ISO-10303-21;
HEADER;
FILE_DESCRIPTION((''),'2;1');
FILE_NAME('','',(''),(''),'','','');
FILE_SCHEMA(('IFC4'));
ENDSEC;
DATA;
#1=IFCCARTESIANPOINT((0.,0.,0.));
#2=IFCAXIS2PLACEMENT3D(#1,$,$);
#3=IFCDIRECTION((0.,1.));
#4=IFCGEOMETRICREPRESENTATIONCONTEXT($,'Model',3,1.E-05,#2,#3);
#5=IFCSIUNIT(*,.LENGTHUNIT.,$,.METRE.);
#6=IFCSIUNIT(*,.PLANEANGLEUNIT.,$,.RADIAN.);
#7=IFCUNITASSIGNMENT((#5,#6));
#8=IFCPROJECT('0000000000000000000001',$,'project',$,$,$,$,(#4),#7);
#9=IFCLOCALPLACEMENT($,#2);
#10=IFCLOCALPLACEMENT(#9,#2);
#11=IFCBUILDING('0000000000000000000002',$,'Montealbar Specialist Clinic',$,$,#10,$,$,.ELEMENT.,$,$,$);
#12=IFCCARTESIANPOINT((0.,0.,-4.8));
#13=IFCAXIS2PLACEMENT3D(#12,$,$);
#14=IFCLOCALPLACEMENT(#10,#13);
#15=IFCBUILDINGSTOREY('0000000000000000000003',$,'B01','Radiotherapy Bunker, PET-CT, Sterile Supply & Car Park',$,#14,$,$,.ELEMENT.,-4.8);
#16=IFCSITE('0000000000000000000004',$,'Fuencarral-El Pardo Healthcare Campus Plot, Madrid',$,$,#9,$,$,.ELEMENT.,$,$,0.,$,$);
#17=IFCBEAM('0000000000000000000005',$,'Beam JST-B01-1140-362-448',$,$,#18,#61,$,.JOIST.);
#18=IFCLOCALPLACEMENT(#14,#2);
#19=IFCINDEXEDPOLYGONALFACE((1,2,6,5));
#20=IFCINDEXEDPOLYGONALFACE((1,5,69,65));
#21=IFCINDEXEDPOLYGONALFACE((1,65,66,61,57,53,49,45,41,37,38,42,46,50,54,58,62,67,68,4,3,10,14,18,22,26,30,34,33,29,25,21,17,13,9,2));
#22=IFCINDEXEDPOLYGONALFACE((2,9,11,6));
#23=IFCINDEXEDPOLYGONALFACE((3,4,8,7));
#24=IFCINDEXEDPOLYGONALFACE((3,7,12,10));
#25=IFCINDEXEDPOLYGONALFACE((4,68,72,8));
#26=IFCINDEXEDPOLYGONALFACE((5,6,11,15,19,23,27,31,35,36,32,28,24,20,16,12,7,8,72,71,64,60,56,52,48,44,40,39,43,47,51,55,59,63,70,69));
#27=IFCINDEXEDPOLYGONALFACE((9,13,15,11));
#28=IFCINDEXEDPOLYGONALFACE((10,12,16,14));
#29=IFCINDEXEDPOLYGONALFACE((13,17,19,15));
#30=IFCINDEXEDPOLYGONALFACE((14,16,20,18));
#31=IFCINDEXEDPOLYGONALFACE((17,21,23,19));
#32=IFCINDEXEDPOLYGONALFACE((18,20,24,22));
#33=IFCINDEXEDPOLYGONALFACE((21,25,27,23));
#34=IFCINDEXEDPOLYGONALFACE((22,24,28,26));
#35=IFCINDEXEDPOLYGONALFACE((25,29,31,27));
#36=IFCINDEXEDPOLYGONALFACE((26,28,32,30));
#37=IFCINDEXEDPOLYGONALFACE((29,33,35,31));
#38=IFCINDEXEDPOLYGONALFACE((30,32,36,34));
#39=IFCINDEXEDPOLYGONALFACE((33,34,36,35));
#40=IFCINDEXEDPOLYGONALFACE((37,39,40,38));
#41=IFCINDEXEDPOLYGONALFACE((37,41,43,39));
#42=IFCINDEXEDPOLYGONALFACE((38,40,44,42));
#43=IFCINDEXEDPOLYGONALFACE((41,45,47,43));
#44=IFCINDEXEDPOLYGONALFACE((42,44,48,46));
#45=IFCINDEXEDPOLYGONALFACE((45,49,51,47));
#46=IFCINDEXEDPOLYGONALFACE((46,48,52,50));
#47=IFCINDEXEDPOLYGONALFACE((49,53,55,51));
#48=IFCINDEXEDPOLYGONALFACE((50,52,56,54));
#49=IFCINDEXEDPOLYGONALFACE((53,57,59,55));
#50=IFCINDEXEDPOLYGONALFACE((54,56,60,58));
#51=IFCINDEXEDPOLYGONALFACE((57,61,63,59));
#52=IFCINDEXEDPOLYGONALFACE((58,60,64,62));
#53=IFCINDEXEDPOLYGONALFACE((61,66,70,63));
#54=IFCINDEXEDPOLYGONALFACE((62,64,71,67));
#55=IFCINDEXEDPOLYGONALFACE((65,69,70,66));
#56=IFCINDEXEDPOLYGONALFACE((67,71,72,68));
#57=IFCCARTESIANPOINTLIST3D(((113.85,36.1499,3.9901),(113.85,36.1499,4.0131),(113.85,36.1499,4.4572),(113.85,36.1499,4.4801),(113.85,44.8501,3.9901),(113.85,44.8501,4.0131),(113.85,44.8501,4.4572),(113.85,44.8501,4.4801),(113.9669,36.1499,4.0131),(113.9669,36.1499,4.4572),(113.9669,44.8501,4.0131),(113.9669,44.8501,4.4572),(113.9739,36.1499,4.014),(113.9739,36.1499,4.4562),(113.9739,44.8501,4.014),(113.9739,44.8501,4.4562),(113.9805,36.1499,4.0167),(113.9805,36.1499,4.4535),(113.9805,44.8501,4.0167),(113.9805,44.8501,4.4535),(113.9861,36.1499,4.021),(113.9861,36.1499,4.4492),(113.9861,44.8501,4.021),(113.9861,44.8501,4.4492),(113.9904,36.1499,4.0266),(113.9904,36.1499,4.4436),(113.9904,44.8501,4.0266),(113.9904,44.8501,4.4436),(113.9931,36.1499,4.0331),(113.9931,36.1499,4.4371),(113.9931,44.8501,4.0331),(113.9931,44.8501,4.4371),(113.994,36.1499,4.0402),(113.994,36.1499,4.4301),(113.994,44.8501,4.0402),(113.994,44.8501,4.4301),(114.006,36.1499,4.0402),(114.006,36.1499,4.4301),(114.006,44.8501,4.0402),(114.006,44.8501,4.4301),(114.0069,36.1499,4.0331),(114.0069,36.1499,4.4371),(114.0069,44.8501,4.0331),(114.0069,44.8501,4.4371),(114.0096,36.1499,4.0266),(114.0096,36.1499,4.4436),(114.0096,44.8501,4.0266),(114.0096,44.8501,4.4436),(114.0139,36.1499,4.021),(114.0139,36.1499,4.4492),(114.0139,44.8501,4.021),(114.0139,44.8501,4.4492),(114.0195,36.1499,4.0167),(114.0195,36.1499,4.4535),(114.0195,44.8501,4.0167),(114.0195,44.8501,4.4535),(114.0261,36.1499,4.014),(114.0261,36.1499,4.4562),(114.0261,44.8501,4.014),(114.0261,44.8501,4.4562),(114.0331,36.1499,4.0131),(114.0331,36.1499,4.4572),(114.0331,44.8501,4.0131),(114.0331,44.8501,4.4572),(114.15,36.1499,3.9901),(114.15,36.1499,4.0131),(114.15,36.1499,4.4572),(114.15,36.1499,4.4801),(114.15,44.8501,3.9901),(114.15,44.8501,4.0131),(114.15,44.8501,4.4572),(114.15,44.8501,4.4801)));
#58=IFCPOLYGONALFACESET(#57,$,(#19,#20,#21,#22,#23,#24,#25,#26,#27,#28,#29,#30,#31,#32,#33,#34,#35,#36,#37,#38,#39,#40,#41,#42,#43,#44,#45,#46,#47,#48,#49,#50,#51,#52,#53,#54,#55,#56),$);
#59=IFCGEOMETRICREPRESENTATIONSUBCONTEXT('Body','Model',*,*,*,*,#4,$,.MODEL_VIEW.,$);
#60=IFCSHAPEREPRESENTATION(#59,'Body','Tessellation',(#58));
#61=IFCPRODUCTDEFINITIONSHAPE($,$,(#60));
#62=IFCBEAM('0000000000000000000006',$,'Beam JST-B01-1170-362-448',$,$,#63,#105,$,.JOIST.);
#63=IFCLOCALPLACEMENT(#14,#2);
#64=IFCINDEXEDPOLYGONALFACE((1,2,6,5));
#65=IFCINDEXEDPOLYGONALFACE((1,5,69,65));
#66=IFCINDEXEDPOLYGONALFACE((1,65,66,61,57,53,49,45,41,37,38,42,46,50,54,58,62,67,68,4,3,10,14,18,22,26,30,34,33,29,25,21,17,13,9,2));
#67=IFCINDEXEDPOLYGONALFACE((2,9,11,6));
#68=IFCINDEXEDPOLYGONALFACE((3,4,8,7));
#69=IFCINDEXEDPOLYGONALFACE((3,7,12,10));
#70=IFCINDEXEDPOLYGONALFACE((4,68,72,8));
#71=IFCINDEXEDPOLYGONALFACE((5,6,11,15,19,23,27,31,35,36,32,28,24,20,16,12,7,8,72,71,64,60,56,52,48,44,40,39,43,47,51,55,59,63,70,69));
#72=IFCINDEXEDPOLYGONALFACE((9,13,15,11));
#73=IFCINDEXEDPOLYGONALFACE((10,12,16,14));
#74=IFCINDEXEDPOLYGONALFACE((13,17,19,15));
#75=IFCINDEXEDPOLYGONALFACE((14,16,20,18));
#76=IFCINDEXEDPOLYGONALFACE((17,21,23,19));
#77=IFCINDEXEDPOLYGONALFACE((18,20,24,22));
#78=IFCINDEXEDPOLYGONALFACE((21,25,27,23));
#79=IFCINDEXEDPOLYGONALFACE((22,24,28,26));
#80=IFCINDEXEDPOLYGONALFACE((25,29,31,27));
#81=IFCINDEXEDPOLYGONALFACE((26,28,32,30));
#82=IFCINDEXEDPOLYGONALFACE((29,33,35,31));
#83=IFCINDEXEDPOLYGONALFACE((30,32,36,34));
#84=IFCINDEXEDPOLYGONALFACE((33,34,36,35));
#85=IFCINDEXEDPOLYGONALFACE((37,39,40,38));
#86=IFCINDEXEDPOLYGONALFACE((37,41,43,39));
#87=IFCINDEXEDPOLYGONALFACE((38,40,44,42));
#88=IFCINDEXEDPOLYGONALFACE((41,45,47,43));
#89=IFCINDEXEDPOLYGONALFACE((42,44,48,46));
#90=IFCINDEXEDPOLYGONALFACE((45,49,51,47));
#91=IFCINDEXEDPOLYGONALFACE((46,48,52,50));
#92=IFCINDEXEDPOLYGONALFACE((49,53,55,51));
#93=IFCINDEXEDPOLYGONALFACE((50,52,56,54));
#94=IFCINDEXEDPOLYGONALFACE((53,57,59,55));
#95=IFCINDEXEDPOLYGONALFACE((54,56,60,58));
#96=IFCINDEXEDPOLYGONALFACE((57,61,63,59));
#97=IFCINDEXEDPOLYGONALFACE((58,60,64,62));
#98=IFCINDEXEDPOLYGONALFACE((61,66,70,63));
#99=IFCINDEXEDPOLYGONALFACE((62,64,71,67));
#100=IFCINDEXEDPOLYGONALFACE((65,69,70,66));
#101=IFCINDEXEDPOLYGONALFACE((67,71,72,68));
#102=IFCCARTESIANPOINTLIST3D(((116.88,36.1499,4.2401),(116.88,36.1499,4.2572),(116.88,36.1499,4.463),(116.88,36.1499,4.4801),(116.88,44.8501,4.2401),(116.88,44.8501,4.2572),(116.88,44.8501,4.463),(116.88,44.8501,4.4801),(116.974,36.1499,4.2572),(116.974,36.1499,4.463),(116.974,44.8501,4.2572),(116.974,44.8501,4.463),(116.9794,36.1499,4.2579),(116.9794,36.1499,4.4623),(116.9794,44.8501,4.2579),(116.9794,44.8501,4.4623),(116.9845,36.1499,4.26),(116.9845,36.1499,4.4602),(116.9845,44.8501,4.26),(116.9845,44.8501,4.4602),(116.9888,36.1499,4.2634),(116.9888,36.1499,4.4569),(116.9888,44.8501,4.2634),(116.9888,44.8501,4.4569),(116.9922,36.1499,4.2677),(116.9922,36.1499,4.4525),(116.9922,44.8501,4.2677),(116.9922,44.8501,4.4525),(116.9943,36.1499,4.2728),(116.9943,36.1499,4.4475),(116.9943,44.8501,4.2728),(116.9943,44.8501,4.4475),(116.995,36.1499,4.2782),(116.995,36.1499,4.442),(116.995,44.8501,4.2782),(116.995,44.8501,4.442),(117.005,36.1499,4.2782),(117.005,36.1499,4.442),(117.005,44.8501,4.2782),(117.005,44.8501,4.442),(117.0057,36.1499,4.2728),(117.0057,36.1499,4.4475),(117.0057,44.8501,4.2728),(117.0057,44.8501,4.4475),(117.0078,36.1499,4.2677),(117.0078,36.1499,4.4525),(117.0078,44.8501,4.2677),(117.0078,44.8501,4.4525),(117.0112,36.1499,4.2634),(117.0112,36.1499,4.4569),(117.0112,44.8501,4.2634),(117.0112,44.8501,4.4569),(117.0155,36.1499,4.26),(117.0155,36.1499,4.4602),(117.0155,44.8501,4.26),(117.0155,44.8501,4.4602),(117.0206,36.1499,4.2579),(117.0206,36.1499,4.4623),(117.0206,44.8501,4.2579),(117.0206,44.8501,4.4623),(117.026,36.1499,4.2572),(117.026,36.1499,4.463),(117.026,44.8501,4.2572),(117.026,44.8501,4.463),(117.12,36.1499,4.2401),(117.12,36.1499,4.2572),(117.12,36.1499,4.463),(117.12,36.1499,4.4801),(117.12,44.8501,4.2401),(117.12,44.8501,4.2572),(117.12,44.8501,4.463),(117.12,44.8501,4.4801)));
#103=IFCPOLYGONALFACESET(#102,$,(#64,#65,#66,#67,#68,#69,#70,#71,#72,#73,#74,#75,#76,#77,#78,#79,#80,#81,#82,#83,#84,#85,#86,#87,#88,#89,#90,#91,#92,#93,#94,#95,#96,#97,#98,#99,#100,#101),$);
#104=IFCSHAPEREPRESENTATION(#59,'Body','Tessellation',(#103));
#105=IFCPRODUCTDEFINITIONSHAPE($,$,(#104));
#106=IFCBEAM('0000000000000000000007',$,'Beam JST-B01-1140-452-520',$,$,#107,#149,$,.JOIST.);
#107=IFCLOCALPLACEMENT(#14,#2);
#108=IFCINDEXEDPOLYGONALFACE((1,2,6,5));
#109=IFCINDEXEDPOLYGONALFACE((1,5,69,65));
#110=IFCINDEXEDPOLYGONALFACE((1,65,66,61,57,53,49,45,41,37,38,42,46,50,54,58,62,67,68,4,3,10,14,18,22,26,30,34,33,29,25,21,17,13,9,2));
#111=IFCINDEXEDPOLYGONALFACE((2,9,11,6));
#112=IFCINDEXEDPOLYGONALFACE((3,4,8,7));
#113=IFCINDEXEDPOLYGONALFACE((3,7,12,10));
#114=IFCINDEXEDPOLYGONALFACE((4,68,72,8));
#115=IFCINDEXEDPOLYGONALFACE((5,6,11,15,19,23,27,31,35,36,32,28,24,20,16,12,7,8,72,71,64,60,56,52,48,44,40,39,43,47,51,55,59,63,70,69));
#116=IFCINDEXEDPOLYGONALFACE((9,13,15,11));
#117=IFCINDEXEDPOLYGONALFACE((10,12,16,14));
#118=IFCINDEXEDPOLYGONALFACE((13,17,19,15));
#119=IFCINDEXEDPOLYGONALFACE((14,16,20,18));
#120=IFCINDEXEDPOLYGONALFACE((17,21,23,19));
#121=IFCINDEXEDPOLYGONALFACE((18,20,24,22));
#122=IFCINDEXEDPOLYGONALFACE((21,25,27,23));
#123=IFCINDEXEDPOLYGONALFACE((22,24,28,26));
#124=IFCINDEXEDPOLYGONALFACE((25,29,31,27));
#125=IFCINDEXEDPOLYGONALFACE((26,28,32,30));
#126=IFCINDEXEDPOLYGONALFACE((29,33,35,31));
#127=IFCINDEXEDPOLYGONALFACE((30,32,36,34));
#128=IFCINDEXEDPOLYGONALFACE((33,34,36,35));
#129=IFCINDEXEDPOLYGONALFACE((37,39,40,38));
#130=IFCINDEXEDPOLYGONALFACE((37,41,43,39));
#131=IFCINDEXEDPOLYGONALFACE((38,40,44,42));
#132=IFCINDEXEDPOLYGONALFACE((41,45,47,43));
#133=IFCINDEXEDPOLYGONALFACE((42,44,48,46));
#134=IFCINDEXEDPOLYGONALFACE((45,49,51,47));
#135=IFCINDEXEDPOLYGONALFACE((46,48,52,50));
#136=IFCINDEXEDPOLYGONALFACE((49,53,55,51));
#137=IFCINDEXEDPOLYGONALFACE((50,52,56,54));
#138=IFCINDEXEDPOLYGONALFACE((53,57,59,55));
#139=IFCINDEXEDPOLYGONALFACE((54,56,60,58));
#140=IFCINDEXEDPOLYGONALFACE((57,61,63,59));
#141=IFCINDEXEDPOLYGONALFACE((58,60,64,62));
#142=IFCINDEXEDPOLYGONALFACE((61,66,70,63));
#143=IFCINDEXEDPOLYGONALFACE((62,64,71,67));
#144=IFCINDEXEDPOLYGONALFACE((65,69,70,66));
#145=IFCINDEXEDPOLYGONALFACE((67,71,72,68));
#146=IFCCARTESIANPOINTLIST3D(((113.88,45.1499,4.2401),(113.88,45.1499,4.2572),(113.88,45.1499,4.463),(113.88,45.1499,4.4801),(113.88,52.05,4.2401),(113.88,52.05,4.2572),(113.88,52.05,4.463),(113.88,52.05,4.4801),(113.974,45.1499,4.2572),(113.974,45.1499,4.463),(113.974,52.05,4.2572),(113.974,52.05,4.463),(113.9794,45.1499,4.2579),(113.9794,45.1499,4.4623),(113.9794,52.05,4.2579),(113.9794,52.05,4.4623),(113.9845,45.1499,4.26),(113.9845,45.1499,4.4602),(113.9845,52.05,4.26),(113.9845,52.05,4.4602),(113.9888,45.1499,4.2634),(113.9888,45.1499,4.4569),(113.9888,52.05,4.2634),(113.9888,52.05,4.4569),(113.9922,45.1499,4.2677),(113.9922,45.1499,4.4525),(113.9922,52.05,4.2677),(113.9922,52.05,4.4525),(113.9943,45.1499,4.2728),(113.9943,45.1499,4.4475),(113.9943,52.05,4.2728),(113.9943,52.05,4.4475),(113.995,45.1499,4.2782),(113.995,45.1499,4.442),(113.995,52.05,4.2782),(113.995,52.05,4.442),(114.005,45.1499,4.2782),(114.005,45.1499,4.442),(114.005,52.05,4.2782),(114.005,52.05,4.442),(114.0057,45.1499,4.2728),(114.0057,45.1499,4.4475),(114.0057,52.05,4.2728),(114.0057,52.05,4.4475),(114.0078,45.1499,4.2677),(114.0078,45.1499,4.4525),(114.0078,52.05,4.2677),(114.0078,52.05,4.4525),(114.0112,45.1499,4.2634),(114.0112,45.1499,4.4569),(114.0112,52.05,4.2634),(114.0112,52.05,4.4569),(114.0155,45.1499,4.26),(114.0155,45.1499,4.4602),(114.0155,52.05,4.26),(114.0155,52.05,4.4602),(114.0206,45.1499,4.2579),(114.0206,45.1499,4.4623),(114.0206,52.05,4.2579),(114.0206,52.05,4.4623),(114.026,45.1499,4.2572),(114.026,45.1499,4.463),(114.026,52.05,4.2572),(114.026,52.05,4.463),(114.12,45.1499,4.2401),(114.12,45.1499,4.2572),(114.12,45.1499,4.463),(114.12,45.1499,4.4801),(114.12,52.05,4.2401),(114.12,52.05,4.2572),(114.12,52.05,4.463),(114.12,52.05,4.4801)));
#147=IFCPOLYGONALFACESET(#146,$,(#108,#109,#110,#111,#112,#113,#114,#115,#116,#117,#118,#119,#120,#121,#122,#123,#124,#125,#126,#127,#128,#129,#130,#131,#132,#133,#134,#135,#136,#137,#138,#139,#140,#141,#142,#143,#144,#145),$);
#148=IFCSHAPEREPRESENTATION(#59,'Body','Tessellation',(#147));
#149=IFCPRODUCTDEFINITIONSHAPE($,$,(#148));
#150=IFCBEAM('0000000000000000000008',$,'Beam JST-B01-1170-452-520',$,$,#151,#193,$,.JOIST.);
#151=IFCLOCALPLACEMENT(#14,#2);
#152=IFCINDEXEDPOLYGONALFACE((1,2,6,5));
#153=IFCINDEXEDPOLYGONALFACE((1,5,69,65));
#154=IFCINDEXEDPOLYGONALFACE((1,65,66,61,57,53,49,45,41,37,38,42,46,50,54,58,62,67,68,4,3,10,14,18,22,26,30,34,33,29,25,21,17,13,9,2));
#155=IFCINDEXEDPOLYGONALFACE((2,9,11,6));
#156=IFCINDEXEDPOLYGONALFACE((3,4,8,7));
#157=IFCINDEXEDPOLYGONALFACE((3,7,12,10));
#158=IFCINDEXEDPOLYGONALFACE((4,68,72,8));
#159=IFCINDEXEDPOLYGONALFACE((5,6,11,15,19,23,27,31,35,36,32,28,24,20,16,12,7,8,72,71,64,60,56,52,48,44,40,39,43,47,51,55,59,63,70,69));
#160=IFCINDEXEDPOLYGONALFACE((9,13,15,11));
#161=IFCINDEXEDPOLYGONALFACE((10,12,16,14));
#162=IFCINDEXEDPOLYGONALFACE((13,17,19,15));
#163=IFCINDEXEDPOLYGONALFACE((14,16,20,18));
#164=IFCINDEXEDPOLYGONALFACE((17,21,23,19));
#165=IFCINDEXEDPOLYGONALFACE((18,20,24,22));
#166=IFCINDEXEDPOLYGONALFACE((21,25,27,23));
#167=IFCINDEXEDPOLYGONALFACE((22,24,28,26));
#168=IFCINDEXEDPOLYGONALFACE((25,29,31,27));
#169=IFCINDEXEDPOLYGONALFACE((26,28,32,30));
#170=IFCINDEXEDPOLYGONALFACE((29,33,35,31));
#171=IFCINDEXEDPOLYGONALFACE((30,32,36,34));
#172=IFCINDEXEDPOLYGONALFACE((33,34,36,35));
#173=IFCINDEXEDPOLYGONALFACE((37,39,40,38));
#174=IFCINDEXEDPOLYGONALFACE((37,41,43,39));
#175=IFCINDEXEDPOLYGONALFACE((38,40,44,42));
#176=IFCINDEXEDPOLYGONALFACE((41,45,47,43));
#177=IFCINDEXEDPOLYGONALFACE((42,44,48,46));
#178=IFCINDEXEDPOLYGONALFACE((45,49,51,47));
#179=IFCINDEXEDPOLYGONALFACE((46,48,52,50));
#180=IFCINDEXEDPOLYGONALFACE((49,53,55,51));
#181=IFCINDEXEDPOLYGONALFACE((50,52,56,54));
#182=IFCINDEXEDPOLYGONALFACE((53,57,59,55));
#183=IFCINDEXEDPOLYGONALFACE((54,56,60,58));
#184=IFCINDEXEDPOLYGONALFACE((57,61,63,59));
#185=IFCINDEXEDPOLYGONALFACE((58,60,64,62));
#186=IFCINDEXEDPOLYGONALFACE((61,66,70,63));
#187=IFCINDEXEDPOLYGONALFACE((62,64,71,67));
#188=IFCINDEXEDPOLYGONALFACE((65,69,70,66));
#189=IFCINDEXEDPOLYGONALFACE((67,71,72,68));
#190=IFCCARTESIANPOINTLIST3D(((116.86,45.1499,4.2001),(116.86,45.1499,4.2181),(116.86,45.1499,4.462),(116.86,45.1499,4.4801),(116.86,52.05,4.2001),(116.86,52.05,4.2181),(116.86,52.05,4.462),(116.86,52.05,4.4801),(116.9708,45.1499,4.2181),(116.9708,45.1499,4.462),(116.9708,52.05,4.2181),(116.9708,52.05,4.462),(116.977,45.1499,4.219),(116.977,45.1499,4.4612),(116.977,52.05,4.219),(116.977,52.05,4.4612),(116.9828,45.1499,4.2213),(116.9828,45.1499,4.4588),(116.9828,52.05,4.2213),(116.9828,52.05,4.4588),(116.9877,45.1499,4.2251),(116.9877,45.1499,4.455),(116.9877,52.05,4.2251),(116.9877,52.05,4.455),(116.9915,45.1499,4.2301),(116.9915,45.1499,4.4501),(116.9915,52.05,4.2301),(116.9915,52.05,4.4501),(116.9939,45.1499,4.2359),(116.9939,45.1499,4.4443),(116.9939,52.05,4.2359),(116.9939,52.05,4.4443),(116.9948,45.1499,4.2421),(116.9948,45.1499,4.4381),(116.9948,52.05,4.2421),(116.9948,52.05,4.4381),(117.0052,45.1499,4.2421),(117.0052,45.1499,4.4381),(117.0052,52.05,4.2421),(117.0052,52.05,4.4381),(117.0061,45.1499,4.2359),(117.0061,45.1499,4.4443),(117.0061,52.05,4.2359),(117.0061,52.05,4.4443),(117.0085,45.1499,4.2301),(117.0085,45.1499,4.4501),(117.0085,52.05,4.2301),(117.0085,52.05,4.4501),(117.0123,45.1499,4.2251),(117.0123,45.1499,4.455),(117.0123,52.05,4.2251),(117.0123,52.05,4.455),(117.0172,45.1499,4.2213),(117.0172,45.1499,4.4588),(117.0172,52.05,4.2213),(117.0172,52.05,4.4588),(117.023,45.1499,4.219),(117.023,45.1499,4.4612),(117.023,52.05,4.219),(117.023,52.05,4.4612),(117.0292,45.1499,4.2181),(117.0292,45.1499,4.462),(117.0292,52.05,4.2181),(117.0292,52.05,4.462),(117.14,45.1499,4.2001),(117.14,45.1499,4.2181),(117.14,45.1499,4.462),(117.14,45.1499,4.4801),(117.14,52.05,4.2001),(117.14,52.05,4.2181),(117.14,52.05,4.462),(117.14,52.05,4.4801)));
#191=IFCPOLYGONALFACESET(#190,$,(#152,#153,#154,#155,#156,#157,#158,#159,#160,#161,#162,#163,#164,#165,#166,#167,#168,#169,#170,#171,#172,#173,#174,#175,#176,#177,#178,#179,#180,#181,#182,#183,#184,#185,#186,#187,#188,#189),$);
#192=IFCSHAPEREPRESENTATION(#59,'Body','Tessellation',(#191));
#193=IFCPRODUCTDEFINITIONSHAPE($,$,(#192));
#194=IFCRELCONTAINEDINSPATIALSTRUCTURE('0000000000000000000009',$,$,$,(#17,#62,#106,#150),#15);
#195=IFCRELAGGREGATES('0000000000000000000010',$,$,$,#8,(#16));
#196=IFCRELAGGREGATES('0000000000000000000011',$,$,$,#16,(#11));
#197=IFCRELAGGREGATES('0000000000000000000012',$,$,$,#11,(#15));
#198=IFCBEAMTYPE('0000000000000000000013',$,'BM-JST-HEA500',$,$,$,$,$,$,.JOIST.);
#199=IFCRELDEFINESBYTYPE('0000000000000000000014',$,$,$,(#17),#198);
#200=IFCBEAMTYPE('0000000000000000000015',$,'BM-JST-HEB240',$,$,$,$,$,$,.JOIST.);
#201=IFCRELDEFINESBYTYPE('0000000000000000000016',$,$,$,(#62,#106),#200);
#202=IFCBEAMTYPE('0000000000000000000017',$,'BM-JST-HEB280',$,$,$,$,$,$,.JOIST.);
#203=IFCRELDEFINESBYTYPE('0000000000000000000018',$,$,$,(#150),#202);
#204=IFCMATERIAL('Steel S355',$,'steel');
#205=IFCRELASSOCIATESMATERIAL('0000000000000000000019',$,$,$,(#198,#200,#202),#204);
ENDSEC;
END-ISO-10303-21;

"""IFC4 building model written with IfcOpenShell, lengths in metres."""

from ifc_helpers import new_model, si_unit, direction, frame, origin, origin_2d, place, context, subcontext, project, spatial, i_section, extrude, material, material_profile, profile_set, type_object, element, save


model = new_model("IFC4")

# Units and contexts
model_context = context("Model", 3, precision=1e-05, world=origin(), true_north=direction((0.0, 1.0)))
body_context = subcontext(model_context, "Body", "Model", "MODEL_VIEW")
ifc_project = project(units=[si_unit("LENGTHUNIT", "METRE"), si_unit("PLANEANGLEUNIT", "RADIAN")], contexts=[model_context])

# Site, building, storey
site_placement = place(None, origin())
site = spatial("IfcSite", under=ifc_project, at=site_placement, Name="Fuencarral-El Pardo Healthcare Campus Plot, Madrid", CompositionType="ELEMENT", RefElevation=0.0)
building_placement = place(site_placement, origin())
building = spatial("IfcBuilding", under=site, at=building_placement, Name="Montealbar Specialist Clinic", CompositionType="ELEMENT")
storey_placement = place(building_placement, frame((0.0, 0.0, -4.8)))
storey = spatial("IfcBuildingStorey", under=building, at=storey_placement, Name="B01", Description="Radiotherapy Bunker, PET-CT, Sterile Supply & Car Park", CompositionType="ELEMENT", Elevation=-4.8)

# Shared definitions
ifc_material_1 = material(Name="Steel S355", Category="steel")

# Beams
ifc_material_profile_1 = material_profile(ifc_material_1, i_section(OverallWidth=0.3, OverallDepth=0.49, WebThickness=0.012, FlangeThickness=0.0229, FilletRadius=0.0271, at=origin_2d()), Name="HEA 500", Category="steel")
ifc_profile_set_1 = profile_set([ifc_material_profile_1], Name="Steel S355")
beam_type_1 = type_object("IfcBeamType", Name="BM-JST-HEA500", PredefinedType="JOIST", material=ifc_profile_set_1)
for number, where, z_axis, x_axis, name in (
    (1, (114.0, 36.1499, 4.2351), (0.0, 1.0, 0.0), (-1.0, 0.0, 0.0), "Beam JST-B01-1140-362-448"),
):
    element("IfcBeam", number, at=place(storey_placement, frame(where, z_axis=z_axis, x_axis=x_axis)), inside=storey, type_object=beam_type_1, Name=name, PredefinedType="JOIST", context=body_context, shape_type="SweptSolid", body=[
        extrude(i_section(OverallWidth=0.3, OverallDepth=0.49, WebThickness=0.012, FlangeThickness=0.0229, FilletRadius=0.0271, at=origin_2d()), origin(), (0.0, 0.0, 1.0), 8.7002),
    ])
ifc_material_profile_2 = material_profile(ifc_material_1, i_section(OverallWidth=0.24, OverallDepth=0.24, WebThickness=0.01, FlangeThickness=0.0171, FilletRadius=0.021, at=origin_2d()), Name="HEB 240", Category="steel")
ifc_profile_set_2 = profile_set([ifc_material_profile_2], Name="Steel S355")
beam_type_2 = type_object("IfcBeamType", Name="BM-JST-HEB240", PredefinedType="JOIST", material=ifc_profile_set_2)
beam_1_placement = place(storey_placement, frame((117.0, 36.1499, 4.3601), z_axis=(0.0, 1.0, 0.0), x_axis=(-1.0, 0.0, 0.0)))
element("IfcBeam", 2, at=beam_1_placement, inside=storey, type_object=beam_type_2, Name="Beam JST-B01-1170-362-448", PredefinedType="JOIST", context=body_context, shape_type="SweptSolid", body=[
    extrude(i_section(OverallWidth=0.24, OverallDepth=0.24, WebThickness=0.01, FlangeThickness=0.0171, FilletRadius=0.021, at=origin_2d()), origin(), (0.0, 0.0, 1.0), 8.7002),
])
beam_2_placement = place(storey_placement, frame((114.0, 45.1499, 4.3601), z_axis=(0.0, 1.0, 0.0), x_axis=(-1.0, 0.0, 0.0)))
element("IfcBeam", 3, at=beam_2_placement, inside=storey, type_object=beam_type_2, Name="Beam JST-B01-1140-452-520", PredefinedType="JOIST", context=body_context, shape_type="SweptSolid", body=[
    extrude(i_section(OverallWidth=0.24, OverallDepth=0.24, WebThickness=0.01, FlangeThickness=0.0171, FilletRadius=0.021, at=origin_2d()), origin(), (0.0, 0.0, 1.0), 6.9001),
])
ifc_material_profile_3 = material_profile(ifc_material_1, i_section(OverallWidth=0.28, OverallDepth=0.28, WebThickness=0.0105, FlangeThickness=0.0181, FilletRadius=0.0239, at=origin_2d()), Name="HEB 280", Category="steel")
ifc_profile_set_3 = profile_set([ifc_material_profile_3], Name="Steel S355")
beam_type_3 = type_object("IfcBeamType", Name="BM-JST-HEB280", PredefinedType="JOIST", material=ifc_profile_set_3)
beam_3_placement = place(storey_placement, frame((117.0, 45.1499, 4.3401), z_axis=(0.0, 1.0, 0.0), x_axis=(-1.0, 0.0, 0.0)))
element("IfcBeam", 4, at=beam_3_placement, inside=storey, type_object=beam_type_3, Name="Beam JST-B01-1170-452-520", PredefinedType="JOIST", context=body_context, shape_type="SweptSolid", body=[
    extrude(i_section(OverallWidth=0.28, OverallDepth=0.28, WebThickness=0.0105, FlangeThickness=0.0181, FilletRadius=0.0239, at=origin_2d()), origin(), (0.0, 0.0, 1.0), 6.9001),
])

save(model, "model.ifc")
